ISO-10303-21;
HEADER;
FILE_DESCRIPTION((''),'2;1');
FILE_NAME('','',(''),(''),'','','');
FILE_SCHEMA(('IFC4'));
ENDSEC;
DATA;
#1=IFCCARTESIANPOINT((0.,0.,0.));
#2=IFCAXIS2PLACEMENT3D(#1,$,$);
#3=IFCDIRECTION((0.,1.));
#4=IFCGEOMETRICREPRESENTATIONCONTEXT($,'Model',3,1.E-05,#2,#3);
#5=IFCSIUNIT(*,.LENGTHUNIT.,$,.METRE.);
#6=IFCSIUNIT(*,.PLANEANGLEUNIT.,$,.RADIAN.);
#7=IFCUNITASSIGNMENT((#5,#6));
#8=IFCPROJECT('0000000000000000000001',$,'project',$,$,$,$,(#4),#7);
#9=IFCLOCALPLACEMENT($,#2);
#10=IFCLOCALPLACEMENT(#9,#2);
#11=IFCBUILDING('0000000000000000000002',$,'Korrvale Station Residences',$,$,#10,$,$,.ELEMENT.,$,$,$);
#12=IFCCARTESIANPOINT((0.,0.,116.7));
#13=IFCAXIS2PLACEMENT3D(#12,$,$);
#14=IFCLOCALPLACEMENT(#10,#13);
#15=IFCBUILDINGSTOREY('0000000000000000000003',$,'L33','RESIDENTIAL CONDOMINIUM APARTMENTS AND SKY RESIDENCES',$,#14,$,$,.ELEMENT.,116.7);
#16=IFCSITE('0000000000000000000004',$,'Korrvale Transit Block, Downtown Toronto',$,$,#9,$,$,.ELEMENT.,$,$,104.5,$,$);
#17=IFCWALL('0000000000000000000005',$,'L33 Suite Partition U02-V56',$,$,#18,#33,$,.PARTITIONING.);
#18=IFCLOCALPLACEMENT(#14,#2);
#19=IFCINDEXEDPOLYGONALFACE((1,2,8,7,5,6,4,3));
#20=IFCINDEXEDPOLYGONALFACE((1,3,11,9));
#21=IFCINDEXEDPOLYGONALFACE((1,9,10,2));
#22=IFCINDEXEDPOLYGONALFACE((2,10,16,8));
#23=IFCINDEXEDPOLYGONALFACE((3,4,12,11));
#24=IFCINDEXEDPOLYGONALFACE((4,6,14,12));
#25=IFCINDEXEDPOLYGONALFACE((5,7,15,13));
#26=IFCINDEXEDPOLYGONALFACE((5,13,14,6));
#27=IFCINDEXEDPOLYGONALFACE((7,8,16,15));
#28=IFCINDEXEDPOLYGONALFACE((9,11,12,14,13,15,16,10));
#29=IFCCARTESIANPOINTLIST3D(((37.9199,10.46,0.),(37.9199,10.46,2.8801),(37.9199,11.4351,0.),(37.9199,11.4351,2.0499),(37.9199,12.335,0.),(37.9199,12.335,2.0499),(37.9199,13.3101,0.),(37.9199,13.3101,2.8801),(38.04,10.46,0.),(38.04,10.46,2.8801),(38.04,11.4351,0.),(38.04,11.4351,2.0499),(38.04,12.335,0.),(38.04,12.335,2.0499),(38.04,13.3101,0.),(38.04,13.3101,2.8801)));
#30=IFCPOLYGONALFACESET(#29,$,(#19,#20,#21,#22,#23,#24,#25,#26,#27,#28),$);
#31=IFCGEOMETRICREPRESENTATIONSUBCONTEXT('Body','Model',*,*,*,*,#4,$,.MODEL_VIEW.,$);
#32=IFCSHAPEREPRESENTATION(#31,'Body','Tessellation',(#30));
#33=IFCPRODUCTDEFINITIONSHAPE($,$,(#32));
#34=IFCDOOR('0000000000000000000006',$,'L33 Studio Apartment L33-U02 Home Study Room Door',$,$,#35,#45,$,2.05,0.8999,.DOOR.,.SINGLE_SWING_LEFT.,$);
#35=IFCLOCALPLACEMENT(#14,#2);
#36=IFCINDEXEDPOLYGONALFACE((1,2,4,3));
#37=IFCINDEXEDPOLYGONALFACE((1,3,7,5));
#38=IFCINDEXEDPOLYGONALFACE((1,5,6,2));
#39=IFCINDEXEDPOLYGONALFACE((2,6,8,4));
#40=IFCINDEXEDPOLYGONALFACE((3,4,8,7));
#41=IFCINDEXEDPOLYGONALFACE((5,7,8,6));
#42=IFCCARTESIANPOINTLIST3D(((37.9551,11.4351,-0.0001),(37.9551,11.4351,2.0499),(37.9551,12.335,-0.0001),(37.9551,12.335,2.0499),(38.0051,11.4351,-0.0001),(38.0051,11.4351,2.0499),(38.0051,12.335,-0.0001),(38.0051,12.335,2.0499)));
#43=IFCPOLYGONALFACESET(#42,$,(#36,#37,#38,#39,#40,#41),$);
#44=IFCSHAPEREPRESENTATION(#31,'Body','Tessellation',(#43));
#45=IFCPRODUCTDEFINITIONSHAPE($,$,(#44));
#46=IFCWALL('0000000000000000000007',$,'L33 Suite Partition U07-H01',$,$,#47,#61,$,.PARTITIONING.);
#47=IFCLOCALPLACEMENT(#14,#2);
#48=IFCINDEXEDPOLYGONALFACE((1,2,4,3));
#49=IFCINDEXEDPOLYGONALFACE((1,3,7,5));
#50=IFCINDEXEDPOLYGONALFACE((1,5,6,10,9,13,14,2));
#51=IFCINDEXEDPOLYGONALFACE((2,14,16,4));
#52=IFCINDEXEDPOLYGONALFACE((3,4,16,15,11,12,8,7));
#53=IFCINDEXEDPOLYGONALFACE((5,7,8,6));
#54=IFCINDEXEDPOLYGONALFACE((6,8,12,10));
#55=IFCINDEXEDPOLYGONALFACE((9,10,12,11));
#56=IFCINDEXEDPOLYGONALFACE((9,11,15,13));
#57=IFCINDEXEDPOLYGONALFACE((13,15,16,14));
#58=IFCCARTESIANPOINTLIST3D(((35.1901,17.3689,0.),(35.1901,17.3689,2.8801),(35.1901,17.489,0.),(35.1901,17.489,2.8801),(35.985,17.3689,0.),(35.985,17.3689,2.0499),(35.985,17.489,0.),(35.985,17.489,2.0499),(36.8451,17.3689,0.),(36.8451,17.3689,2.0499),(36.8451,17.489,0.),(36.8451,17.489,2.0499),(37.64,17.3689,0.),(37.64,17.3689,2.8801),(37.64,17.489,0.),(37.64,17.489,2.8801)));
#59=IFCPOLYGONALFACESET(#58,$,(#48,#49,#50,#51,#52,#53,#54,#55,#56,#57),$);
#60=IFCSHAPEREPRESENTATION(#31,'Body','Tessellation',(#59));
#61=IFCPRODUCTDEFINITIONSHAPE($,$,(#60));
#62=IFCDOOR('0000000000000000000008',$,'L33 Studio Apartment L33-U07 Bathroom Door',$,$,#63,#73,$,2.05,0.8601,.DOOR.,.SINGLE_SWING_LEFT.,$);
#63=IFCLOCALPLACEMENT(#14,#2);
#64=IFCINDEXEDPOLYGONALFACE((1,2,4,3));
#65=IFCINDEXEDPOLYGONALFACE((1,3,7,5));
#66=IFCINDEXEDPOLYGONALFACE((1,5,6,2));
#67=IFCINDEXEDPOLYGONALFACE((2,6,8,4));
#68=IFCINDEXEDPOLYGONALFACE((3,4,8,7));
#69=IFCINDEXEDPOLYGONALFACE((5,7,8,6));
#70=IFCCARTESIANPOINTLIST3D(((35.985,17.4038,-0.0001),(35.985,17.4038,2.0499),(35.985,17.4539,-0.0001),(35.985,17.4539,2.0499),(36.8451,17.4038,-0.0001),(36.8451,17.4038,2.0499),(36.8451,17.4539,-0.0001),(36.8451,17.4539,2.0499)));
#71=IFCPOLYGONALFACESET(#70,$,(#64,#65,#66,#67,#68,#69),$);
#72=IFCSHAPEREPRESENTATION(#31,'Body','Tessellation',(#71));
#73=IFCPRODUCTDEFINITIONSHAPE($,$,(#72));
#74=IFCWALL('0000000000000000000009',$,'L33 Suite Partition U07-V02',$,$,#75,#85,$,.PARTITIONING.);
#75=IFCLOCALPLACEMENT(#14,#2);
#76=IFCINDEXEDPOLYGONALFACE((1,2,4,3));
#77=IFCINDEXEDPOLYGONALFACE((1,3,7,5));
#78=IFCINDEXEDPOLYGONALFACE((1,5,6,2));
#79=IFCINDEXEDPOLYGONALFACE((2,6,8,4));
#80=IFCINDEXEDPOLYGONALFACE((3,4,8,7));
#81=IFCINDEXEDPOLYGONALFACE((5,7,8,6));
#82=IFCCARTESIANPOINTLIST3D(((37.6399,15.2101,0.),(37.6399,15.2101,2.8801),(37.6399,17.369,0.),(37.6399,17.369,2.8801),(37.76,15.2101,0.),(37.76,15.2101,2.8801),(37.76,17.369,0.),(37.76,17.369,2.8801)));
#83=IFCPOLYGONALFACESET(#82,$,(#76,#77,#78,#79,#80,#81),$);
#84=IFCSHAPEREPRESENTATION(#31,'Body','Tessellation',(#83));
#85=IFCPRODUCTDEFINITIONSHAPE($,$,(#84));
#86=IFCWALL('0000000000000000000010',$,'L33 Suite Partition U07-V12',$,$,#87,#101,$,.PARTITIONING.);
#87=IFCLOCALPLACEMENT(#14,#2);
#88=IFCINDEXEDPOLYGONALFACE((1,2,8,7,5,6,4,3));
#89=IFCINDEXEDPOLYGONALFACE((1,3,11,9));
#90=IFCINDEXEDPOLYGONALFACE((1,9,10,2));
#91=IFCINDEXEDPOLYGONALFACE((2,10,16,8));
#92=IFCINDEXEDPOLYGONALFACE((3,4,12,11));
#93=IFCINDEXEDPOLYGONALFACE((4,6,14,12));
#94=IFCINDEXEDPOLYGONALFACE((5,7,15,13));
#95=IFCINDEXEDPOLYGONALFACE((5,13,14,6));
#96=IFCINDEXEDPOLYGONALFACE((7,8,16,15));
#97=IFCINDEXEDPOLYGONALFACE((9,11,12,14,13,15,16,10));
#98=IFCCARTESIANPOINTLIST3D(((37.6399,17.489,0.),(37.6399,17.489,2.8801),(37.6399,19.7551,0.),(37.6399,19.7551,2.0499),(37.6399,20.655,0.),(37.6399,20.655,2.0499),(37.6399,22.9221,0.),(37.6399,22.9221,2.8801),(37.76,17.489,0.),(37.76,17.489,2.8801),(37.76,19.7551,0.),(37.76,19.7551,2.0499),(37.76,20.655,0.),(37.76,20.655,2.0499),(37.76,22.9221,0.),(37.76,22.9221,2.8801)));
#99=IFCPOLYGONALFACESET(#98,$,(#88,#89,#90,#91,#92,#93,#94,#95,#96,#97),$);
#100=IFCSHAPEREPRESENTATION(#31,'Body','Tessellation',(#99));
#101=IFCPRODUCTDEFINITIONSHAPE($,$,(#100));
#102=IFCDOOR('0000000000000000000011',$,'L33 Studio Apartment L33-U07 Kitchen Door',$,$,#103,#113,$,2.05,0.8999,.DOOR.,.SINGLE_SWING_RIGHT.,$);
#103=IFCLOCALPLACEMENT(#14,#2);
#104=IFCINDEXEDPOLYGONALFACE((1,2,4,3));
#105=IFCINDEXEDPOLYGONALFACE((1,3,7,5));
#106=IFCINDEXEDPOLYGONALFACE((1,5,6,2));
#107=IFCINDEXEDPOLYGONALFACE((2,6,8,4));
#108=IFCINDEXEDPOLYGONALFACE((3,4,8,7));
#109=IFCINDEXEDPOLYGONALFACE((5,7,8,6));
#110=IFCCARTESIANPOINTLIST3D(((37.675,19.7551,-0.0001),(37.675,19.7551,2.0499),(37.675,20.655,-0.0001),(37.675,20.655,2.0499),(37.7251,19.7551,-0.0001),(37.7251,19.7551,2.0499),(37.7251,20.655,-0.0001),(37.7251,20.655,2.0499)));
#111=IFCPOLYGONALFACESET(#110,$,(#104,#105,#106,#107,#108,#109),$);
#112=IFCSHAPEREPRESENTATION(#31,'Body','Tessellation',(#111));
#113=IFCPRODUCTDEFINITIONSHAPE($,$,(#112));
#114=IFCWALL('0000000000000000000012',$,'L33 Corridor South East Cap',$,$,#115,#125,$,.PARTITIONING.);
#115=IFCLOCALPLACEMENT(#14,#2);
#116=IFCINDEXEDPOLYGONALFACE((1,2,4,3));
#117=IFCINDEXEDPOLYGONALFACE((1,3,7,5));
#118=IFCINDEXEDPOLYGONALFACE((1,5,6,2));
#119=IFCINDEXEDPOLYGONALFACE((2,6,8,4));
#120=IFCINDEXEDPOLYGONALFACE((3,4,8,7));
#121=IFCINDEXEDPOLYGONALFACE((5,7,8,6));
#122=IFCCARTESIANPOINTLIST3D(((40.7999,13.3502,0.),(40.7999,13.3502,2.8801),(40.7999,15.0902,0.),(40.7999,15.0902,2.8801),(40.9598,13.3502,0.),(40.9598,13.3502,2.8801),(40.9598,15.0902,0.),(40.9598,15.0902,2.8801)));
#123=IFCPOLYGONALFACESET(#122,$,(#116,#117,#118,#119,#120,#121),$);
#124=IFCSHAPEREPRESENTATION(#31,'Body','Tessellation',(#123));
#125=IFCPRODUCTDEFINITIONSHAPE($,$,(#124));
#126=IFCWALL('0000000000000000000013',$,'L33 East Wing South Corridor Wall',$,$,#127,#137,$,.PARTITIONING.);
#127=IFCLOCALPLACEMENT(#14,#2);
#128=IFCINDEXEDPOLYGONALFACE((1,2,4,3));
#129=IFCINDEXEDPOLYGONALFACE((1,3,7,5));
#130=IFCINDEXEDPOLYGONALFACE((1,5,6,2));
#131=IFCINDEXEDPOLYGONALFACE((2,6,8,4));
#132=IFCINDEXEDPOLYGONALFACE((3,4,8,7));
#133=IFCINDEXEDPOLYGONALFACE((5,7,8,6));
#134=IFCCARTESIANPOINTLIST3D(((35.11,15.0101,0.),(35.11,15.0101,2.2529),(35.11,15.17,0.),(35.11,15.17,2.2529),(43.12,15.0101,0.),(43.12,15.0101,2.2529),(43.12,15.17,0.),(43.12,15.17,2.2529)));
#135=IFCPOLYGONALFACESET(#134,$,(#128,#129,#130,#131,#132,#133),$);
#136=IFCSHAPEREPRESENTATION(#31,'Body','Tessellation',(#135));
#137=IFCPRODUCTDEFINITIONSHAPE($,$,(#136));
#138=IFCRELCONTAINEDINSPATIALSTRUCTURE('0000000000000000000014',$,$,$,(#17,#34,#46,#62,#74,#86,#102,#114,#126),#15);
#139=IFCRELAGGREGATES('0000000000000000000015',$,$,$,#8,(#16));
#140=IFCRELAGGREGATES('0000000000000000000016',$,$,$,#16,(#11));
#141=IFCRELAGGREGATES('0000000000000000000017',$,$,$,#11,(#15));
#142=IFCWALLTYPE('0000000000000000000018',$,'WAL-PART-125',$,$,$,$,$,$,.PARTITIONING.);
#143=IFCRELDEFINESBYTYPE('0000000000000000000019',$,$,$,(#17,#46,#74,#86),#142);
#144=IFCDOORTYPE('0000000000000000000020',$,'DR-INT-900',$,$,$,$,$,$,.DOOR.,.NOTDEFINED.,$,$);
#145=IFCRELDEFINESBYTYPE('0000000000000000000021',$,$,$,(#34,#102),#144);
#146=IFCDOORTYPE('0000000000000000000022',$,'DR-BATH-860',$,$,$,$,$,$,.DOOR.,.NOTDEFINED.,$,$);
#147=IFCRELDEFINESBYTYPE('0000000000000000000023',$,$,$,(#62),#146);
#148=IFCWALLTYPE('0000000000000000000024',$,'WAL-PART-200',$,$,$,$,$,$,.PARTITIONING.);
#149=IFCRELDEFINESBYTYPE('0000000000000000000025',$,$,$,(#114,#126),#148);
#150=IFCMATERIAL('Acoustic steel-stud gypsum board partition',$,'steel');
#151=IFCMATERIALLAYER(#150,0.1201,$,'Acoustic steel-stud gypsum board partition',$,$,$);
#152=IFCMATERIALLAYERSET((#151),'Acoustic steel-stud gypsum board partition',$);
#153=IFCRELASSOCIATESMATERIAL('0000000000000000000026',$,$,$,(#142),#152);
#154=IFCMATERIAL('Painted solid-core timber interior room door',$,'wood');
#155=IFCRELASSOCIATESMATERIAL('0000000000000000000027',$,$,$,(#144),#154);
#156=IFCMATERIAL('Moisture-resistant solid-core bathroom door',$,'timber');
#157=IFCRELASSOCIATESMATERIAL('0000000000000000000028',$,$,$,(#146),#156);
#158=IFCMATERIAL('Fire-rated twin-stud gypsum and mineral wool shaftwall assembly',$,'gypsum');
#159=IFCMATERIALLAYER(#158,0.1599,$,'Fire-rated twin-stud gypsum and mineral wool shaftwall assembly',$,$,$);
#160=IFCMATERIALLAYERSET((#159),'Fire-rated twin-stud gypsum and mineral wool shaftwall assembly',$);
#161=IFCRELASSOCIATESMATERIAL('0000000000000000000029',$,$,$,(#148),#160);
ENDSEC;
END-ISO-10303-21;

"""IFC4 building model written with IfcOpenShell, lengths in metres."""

from ifc_helpers import new_model, si_unit, direction, frame, frame_2d, origin, place, context, subcontext, project, spatial, rectangle, extrude, material, layer, layer_set, type_object, element, fill, save


model = new_model("IFC4")

# Units and contexts
model_context = context("Model", 3, precision=1e-05, world=origin(), true_north=direction((0.0, 1.0)))
body_context = subcontext(model_context, "Body", "Model", "MODEL_VIEW")
ifc_project = project(units=[si_unit("LENGTHUNIT", "METRE"), si_unit("PLANEANGLEUNIT", "RADIAN")], contexts=[model_context])

# Site, building, storey
site_placement = place(None, origin())
site = spatial("IfcSite", under=ifc_project, at=site_placement, Name="Korrvale Transit Block, Downtown Toronto", CompositionType="ELEMENT", RefElevation=104.5)
building_placement = place(site_placement, origin())
building = spatial("IfcBuilding", under=site, at=building_placement, Name="Korrvale Station Residences", CompositionType="ELEMENT")
storey_placement = place(building_placement, frame((0.0, 0.0, 116.7)))
storey = spatial("IfcBuildingStorey", under=building, at=storey_placement, Name="L33", Description="RESIDENTIAL CONDOMINIUM APARTMENTS AND SKY RESIDENCES", CompositionType="ELEMENT", Elevation=116.7)

# Walls, openings, doors
ifc_material_1 = material(Name="Acoustic steel-stud gypsum board partition", Category="steel")
ifc_layer_1 = layer(ifc_material_1, 0.1201, Name="Acoustic steel-stud gypsum board partition")
ifc_layer_set_1 = layer_set([ifc_layer_1], Name="Acoustic steel-stud gypsum board partition")
wall_type_1 = type_object("IfcWallType", Name="WAL-PART-125", PredefinedType="PARTITIONING", material=ifc_layer_set_1)
ifc_material_2 = material(Name="Painted solid-core timber interior room door", Category="wood")
door_type_1 = type_object("IfcDoorType", Name="DR-INT-900", OperationType="NOTDEFINED", PredefinedType="DOOR", material=ifc_material_2)
wall_1_placement = place(storey_placement, frame((37.98, 10.46, 0.0), z_axis=(0.0, 0.0, 1.0), x_axis=(0.0, 1.0, 0.0)))
wall_1 = element("IfcWall", 1, at=wall_1_placement, inside=storey, type_object=wall_type_1, Name="L33 Suite Partition U02-V56", PredefinedType="PARTITIONING", context=body_context, shape_type="SweptSolid", body=[
    extrude(rectangle(XDim=2.8501, YDim=0.1201, at=frame_2d((1.425, 0.0))), origin(), (0.0, 0.0, 1.0), 2.8801),
])
opening_1_placement = place(wall_1_placement, frame((0.9751, 0.0, 0.0)))
opening_1 = element("IfcOpeningElement", 2, at=opening_1_placement, cuts=wall_1, PredefinedType="OPENING", context=body_context, shape_type="SweptSolid", body=[
    extrude(rectangle(XDim=0.8999, YDim=2.05, at=frame_2d((0.45, 1.0249))), frame((0.0, 0.0701, 0.0), z_axis=(0.0, -1.0, 0.0), x_axis=(1.0, 0.0, 0.0)), (0.0, 0.0, 1.0), 0.1401),
])
door_1_placement = place(opening_1_placement, origin())
door_1 = element("IfcDoor", 3, at=door_1_placement, inside=storey, type_object=door_type_1, Name="L33 Studio Apartment L33-U02 Home Study Room Door", OperationType="SINGLE_SWING_LEFT", OverallHeight=2.05, OverallWidth=0.8999, PredefinedType="DOOR", context=body_context, shape_type="SweptSolid", body=[
    extrude(rectangle(XDim=0.8999, YDim=2.05, at=frame_2d((0.45, 1.0249))), frame((0.0, 0.0249, 0.0), z_axis=(0.0, -1.0, 0.0), x_axis=(1.0, 0.0, 0.0)), (0.0, 0.0, 1.0), 0.05),
])
fill(opening_1, door_1)
wall_2_placement = place(storey_placement, frame((35.1899, 17.429, 0.0), z_axis=(0.0, 0.0, 1.0), x_axis=(1.0, 0.0, 0.0)))
wall_2 = element("IfcWall", 4, at=wall_2_placement, inside=storey, type_object=wall_type_1, Name="L33 Suite Partition U07-H01", PredefinedType="PARTITIONING", context=body_context, shape_type="SweptSolid", body=[
    extrude(rectangle(XDim=2.45, YDim=0.1201, at=frame_2d((1.2251, 0.0))), origin(), (0.0, 0.0, 1.0), 2.8801),
])
opening_2_placement = place(wall_2_placement, frame((0.7949, 0.0, 0.0)))
opening_2 = element("IfcOpeningElement", 5, at=opening_2_placement, cuts=wall_2, PredefinedType="OPENING", context=body_context, shape_type="SweptSolid", body=[
    extrude(rectangle(XDim=0.8601, YDim=2.05, at=frame_2d((0.4302, 1.0249))), frame((0.0, 0.0701, 0.0), z_axis=(0.0, -1.0, 0.0), x_axis=(1.0, 0.0, 0.0)), (0.0, 0.0, 1.0), 0.1401),
])
ifc_material_3 = material(Name="Moisture-resistant solid-core bathroom door", Category="timber")
door_type_2 = type_object("IfcDoorType", Name="DR-BATH-860", OperationType="NOTDEFINED", PredefinedType="DOOR", material=ifc_material_3)
door_2_placement = place(opening_2_placement, origin())
door_2 = element("IfcDoor", 6, at=door_2_placement, inside=storey, type_object=door_type_2, Name="L33 Studio Apartment L33-U07 Bathroom Door", OperationType="SINGLE_SWING_LEFT", OverallHeight=2.05, OverallWidth=0.8601, PredefinedType="DOOR", context=body_context, shape_type="SweptSolid", body=[
    extrude(rectangle(XDim=0.8601, YDim=2.05, at=frame_2d((0.4302, 1.0249))), frame((0.0, 0.0249, 0.0), z_axis=(0.0, -1.0, 0.0), x_axis=(1.0, 0.0, 0.0)), (0.0, 0.0, 1.0), 0.05),
])
fill(opening_2, door_2)

# Wall
wall_3_placement = place(storey_placement, frame((37.7, 15.21, 0.0), z_axis=(0.0, 0.0, 1.0), x_axis=(0.0, 1.0, 0.0)))
element("IfcWall", 7, at=wall_3_placement, inside=storey, type_object=wall_type_1, Name="L33 Suite Partition U07-V02", PredefinedType="PARTITIONING", context=body_context, shape_type="SweptSolid", body=[
    extrude(rectangle(XDim=2.1589, YDim=0.1201, at=frame_2d((1.0796, 0.0))), origin(), (0.0, 0.0, 1.0), 2.8801),
])

# Wall, opening, door
wall_4_placement = place(storey_placement, frame((37.7, 17.489, 0.0), z_axis=(0.0, 0.0, 1.0), x_axis=(0.0, 1.0, 0.0)))
wall_4 = element("IfcWall", 8, at=wall_4_placement, inside=storey, type_object=wall_type_1, Name="L33 Suite Partition U07-V12", PredefinedType="PARTITIONING", context=body_context, shape_type="SweptSolid", body=[
    extrude(rectangle(XDim=5.4331, YDim=0.1201, at=frame_2d((2.7166, 0.0))), origin(), (0.0, 0.0, 1.0), 2.8801),
])
opening_3_placement = place(wall_4_placement, frame((2.2661, 0.0, 0.0)))
opening_3 = element("IfcOpeningElement", 9, at=opening_3_placement, cuts=wall_4, PredefinedType="OPENING", context=body_context, shape_type="SweptSolid", body=[
    extrude(rectangle(XDim=0.8999, YDim=2.05, at=frame_2d((0.45, 1.0249))), frame((0.0, 0.0701, 0.0), z_axis=(0.0, -1.0, 0.0), x_axis=(1.0, 0.0, 0.0)), (0.0, 0.0, 1.0), 0.1401),
])
door_3_placement = place(opening_3_placement, origin())
door_3 = element("IfcDoor", 10, at=door_3_placement, inside=storey, type_object=door_type_1, Name="L33 Studio Apartment L33-U07 Kitchen Door", OperationType="SINGLE_SWING_RIGHT", OverallHeight=2.05, OverallWidth=0.8999, PredefinedType="DOOR", context=body_context, shape_type="SweptSolid", body=[
    extrude(rectangle(XDim=0.8999, YDim=2.05, at=frame_2d((0.45, 1.0249))), frame((0.0, 0.0249, 0.0), z_axis=(0.0, -1.0, 0.0), x_axis=(1.0, 0.0, 0.0)), (0.0, 0.0, 1.0), 0.05),
])
fill(opening_3, door_3)

# Walls
ifc_material_4 = material(Name="Fire-rated twin-stud gypsum and mineral wool shaftwall assembly", Category="gypsum")
ifc_layer_2 = layer(ifc_material_4, 0.1599, Name="Fire-rated twin-stud gypsum and mineral wool shaftwall assembly")
ifc_layer_set_2 = layer_set([ifc_layer_2], Name="Fire-rated twin-stud gypsum and mineral wool shaftwall assembly")
wall_type_2 = type_object("IfcWallType", Name="WAL-PART-200", PredefinedType="PARTITIONING", material=ifc_layer_set_2)
wall_5_placement = place(storey_placement, frame((40.8799, 13.3501, 0.0), z_axis=(0.0, 0.0, 1.0), x_axis=(0.0, 1.0, 0.0)))
element("IfcWall", 11, at=wall_5_placement, inside=storey, type_object=wall_type_2, Name="L33 Corridor South East Cap", PredefinedType="PARTITIONING", context=body_context, shape_type="SweptSolid", body=[
    extrude(rectangle(XDim=1.74, YDim=0.1599, at=frame_2d((0.8701, 0.0))), origin(), (0.0, 0.0, 1.0), 2.8801),
])
wall_6_placement = place(storey_placement, frame((35.1101, 15.0901, 0.0), z_axis=(0.0, 0.0, 1.0), x_axis=(1.0, 0.0, 0.0)))
element("IfcWall", 12, at=wall_6_placement, inside=storey, type_object=wall_type_2, Name="L33 East Wing South Corridor Wall", PredefinedType="PARTITIONING", context=body_context, shape_type="SweptSolid", body=[
    extrude(rectangle(XDim=8.01, YDim=0.1599, at=frame_2d((4.0049, 0.0))), origin(), (0.0, 0.0, 1.0), 2.2529),
])

save(model, "model.ifc")
